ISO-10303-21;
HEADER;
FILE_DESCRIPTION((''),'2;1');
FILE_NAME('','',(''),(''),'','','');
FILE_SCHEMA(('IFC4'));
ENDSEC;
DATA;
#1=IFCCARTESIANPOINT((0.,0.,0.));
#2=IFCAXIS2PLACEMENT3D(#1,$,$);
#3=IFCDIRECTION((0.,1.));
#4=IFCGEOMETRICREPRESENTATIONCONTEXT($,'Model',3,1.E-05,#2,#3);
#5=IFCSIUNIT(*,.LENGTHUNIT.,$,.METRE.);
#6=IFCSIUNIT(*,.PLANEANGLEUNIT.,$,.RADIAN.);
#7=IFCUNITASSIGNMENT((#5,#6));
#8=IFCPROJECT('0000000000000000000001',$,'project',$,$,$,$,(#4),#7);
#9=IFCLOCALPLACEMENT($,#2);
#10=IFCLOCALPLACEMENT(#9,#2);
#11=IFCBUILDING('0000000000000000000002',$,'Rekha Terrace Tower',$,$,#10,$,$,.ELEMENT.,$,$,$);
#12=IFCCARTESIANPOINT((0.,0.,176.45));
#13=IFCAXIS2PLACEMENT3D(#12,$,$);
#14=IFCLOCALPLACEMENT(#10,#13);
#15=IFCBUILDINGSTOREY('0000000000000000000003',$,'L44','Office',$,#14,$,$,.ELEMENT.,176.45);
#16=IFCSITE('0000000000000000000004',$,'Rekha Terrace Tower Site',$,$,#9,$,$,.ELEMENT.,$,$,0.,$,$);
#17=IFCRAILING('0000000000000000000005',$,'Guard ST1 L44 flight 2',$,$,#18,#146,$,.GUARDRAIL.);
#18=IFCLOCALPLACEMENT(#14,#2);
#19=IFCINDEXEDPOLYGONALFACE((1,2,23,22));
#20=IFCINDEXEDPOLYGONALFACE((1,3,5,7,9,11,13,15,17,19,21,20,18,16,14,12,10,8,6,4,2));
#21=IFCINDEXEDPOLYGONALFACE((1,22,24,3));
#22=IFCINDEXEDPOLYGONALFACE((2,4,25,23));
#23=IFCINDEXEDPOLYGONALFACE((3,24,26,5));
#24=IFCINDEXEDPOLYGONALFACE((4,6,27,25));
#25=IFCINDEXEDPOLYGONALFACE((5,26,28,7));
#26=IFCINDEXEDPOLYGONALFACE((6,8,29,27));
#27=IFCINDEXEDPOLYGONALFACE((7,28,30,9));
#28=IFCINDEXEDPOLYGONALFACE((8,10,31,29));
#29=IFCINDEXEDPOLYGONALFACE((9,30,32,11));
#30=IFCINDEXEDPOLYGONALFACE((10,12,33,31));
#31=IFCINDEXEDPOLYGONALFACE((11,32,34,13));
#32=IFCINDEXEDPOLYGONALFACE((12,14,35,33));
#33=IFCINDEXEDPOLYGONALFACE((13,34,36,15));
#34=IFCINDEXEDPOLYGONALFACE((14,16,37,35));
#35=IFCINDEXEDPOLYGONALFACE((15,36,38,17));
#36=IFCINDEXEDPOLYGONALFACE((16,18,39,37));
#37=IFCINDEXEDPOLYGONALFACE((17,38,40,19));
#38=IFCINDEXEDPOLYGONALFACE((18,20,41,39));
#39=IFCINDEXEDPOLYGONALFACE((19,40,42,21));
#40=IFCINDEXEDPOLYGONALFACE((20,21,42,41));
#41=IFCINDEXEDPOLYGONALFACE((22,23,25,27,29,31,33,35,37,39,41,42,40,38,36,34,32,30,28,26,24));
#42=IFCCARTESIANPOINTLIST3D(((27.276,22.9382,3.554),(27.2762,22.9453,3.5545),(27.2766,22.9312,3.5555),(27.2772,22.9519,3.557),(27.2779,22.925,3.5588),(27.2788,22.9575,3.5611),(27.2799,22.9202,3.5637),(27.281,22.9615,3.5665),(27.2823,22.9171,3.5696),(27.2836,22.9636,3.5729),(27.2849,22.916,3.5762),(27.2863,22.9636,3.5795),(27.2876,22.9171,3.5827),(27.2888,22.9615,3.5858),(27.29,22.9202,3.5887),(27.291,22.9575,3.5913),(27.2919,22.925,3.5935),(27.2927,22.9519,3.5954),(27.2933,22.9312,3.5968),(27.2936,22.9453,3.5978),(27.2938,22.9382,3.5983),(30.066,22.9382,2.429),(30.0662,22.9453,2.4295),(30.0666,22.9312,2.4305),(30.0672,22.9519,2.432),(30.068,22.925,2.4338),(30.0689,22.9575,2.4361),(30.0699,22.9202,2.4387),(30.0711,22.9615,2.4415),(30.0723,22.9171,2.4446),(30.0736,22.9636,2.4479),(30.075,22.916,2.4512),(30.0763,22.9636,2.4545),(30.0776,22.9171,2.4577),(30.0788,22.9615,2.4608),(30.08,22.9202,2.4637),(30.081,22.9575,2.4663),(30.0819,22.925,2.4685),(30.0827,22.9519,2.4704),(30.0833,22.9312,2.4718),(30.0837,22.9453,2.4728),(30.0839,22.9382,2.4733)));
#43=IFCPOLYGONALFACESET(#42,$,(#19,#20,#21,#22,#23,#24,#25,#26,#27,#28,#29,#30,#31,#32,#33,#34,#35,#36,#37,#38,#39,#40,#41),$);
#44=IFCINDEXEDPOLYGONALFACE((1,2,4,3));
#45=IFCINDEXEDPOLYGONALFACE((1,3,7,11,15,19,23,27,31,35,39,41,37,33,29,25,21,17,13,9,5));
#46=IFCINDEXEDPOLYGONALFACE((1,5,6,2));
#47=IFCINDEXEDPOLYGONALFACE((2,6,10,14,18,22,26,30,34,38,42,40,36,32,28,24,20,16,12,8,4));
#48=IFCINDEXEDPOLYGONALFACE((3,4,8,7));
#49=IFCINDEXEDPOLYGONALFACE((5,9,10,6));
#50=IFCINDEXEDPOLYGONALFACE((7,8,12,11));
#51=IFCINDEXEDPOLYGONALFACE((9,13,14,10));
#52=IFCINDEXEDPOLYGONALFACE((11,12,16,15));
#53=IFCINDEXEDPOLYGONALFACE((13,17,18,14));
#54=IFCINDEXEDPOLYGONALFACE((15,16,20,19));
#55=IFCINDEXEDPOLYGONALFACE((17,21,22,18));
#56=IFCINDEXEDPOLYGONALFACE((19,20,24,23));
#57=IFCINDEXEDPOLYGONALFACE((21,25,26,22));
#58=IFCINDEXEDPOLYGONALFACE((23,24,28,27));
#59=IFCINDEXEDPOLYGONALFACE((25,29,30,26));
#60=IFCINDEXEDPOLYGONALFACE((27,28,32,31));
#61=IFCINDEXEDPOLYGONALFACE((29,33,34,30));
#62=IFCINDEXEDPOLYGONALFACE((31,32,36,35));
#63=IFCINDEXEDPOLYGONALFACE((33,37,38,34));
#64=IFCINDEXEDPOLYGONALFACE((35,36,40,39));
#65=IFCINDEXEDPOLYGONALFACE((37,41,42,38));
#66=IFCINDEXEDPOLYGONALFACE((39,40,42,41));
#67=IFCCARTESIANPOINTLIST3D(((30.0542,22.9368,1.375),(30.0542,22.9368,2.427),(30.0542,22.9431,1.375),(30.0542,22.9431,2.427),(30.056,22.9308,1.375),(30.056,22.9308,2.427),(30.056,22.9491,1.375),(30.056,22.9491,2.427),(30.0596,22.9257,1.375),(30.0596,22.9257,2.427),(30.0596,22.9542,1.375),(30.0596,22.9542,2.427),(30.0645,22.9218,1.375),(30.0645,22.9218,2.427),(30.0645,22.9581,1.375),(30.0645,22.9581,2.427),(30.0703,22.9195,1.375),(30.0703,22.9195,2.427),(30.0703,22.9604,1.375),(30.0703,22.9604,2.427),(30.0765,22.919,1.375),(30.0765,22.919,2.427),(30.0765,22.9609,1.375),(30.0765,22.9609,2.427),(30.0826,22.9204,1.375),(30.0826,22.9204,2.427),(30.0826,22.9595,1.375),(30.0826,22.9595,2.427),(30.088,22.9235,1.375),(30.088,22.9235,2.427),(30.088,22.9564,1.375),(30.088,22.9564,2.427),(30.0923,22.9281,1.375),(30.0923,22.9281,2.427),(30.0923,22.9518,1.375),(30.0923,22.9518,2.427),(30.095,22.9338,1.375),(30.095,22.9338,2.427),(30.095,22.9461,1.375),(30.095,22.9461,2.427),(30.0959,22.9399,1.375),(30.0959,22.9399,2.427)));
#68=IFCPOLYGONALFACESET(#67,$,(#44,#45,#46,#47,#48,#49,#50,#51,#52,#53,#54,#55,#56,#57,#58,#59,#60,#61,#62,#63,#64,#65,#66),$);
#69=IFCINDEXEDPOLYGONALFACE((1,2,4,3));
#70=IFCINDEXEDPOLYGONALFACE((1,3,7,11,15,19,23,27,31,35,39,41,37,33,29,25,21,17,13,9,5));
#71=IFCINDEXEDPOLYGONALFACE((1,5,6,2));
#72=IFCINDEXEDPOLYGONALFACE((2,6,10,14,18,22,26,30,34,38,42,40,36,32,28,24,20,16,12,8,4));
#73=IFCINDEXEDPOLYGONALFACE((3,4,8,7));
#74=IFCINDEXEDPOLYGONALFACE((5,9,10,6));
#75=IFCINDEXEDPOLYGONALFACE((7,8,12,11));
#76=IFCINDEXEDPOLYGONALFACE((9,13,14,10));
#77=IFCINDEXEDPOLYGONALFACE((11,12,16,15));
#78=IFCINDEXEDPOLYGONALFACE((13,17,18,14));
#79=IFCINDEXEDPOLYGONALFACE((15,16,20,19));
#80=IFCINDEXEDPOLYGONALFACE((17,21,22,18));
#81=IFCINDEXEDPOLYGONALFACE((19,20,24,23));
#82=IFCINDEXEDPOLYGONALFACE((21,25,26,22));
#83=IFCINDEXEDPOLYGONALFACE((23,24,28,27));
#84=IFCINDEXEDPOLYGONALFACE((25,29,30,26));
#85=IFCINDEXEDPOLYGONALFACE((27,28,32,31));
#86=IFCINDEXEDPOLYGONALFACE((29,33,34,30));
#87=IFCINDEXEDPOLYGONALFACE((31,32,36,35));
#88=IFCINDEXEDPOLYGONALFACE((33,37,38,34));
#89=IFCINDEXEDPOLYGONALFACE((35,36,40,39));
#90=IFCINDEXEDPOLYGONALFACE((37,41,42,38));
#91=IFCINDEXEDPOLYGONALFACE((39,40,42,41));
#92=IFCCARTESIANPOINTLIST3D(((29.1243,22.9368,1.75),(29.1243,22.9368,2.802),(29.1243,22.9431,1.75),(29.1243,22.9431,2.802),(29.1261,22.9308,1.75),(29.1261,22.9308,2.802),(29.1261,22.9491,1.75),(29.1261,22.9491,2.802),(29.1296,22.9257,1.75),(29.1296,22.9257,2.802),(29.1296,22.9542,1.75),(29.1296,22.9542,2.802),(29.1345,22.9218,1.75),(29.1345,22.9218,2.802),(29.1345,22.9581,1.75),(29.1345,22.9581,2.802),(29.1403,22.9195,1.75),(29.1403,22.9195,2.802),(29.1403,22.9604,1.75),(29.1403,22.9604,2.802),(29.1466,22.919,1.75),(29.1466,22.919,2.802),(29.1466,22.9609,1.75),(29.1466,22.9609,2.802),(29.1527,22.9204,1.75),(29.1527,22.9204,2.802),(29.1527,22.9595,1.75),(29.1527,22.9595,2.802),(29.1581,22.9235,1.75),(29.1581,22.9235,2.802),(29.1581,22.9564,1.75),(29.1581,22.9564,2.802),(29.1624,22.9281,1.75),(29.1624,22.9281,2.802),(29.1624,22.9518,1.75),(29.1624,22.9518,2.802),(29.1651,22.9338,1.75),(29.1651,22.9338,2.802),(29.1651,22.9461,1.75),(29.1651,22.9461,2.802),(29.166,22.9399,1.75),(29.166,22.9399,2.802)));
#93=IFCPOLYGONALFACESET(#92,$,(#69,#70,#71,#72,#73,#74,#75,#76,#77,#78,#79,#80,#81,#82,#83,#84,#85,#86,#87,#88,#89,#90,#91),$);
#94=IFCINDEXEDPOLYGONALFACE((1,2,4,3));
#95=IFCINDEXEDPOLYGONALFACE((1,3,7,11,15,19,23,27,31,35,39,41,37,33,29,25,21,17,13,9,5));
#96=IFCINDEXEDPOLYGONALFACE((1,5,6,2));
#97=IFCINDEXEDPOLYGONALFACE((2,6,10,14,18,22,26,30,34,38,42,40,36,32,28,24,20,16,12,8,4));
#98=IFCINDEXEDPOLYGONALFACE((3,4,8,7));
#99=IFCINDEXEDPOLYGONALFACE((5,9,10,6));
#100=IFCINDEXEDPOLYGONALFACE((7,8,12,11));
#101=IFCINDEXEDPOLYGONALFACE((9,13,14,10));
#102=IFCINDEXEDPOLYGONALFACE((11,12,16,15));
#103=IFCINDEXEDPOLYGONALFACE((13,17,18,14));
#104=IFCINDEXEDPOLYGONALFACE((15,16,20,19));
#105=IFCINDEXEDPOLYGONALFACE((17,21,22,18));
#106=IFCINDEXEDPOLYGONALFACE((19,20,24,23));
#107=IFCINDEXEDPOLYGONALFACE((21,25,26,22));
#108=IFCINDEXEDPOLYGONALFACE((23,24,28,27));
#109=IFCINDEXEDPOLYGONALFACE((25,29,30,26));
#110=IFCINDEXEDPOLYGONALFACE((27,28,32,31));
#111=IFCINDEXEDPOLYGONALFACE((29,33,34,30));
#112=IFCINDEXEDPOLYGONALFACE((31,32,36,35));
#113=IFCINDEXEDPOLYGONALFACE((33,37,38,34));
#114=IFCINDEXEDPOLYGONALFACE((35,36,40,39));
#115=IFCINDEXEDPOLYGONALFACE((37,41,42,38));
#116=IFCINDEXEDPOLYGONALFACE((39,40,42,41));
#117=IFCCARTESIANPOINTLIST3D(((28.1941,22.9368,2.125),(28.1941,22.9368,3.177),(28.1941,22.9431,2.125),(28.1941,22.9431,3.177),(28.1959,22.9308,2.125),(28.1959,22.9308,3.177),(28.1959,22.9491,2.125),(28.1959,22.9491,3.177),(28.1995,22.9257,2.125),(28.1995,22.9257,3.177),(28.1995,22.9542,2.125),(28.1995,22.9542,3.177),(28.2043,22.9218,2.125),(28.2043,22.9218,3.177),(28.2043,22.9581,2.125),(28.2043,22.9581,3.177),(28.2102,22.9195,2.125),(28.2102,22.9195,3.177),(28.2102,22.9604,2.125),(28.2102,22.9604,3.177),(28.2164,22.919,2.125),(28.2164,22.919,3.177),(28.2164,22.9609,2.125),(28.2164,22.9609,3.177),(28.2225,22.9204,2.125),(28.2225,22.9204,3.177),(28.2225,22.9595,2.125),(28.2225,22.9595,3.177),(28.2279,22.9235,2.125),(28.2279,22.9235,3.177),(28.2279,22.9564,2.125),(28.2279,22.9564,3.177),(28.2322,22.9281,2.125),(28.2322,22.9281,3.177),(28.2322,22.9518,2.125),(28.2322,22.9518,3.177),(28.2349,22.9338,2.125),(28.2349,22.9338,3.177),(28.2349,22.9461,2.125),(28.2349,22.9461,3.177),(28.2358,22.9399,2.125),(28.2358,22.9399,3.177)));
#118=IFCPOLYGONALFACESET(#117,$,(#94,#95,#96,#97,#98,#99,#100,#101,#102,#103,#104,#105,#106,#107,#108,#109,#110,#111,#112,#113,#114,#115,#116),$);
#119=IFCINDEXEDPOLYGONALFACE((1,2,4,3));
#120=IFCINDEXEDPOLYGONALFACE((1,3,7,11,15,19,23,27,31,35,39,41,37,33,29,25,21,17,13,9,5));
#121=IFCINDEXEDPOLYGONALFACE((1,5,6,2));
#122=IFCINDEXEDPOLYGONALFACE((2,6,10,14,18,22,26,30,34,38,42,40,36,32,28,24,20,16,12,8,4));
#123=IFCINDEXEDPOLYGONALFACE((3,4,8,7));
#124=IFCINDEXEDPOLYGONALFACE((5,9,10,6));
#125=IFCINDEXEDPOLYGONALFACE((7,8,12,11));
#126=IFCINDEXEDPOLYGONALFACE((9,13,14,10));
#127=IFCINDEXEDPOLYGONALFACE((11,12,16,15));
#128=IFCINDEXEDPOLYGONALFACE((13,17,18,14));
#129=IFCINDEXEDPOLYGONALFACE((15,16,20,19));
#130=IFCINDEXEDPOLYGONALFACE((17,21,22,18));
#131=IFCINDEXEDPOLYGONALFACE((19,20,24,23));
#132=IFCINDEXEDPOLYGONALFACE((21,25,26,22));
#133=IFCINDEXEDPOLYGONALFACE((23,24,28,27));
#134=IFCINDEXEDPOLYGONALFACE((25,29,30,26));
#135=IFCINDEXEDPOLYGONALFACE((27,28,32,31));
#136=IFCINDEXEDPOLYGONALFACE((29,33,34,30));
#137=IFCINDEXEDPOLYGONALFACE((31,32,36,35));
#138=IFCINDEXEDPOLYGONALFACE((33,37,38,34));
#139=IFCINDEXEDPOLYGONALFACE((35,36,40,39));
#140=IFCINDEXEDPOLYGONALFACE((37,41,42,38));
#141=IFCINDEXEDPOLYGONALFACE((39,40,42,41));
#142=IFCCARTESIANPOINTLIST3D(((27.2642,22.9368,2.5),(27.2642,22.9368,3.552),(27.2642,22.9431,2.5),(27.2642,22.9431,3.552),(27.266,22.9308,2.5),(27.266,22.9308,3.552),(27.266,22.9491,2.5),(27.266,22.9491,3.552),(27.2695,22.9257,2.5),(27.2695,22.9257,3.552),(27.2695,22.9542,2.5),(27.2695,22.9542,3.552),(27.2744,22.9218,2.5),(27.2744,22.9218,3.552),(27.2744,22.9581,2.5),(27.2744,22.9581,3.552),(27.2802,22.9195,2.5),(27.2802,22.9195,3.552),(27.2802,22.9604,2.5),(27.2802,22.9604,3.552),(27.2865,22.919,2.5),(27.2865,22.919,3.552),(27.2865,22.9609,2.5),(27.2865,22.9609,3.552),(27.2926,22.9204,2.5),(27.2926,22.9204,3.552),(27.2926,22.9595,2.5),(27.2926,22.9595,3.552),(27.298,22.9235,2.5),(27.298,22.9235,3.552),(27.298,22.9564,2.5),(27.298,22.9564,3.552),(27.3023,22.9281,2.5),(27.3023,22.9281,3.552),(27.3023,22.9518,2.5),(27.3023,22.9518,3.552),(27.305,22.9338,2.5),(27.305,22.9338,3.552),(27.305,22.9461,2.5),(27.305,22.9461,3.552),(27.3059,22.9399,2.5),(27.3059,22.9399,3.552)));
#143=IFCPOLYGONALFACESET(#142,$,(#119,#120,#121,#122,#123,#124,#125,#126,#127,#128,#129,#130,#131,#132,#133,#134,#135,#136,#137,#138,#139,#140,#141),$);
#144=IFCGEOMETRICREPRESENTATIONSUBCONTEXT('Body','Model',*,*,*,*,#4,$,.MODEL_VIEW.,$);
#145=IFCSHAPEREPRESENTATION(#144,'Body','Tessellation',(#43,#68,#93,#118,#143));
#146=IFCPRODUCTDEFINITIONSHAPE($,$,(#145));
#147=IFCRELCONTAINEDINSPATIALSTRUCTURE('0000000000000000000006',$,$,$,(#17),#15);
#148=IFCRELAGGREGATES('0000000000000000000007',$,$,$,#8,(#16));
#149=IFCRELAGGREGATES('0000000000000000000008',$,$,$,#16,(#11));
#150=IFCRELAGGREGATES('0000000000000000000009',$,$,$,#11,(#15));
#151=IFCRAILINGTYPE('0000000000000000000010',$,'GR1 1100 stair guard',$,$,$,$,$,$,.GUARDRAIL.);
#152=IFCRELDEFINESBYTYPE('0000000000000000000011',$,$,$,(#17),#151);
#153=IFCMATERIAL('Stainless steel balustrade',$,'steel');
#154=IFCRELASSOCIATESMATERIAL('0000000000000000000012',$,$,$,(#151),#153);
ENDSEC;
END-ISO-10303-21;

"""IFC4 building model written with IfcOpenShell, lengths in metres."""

from ifc_helpers import new_model, si_unit, direction, frame, origin, origin_2d, place, context, subcontext, project, spatial, circle, extrude, material, type_object, element, save


model = new_model("IFC4")

# Units and contexts
model_context = context("Model", 3, precision=1e-05, world=origin(), true_north=direction((0.0, 1.0)))
body_context = subcontext(model_context, "Body", "Model", "MODEL_VIEW")
ifc_project = project(units=[si_unit("LENGTHUNIT", "METRE"), si_unit("PLANEANGLEUNIT", "RADIAN")], contexts=[model_context])

# Site, building, storey
site_placement = place(None, origin())
site = spatial("IfcSite", under=ifc_project, at=site_placement, Name="Rekha Terrace Tower Site", CompositionType="ELEMENT", RefElevation=0.0)
building_placement = place(site_placement, origin())
building = spatial("IfcBuilding", under=site, at=building_placement, Name="Rekha Terrace Tower", CompositionType="ELEMENT")
storey_placement = place(building_placement, frame((0.0, 0.0, 176.45)))
storey = spatial("IfcBuildingStorey", under=building, at=storey_placement, Name="L44", Description="Office", CompositionType="ELEMENT", Elevation=176.45)

# Railing
ifc_material_1 = material(Name="Stainless steel balustrade", Category="steel")
railing_type_1 = type_object("IfcRailingType", Name="GR1 1100 stair guard", PredefinedType="GUARDRAIL", material=ifc_material_1)
railing_1_placement = place(storey_placement, frame((30.075, 22.9399, 1.375)))
element("IfcRailing", 1, at=railing_1_placement, inside=storey, type_object=railing_type_1, Name="Guard ST1 L44 flight 2", PredefinedType="GUARDRAIL", context=body_context, shape_type="SweptSolid", body=[
    extrude(circle(Radius=0.0239, at=origin_2d()), frame((0.0, 0.0, 1.0762), z_axis=(-0.927443, 0.0, 0.373964), x_axis=(0.0, -1.0, 0.0)), (0.0, 0.0, 1.0), 3.0083),
    extrude(circle(Radius=0.021, at=origin_2d()), origin(), (0.0, 0.0, 1.0), 1.052),
    extrude(circle(Radius=0.021, at=origin_2d()), frame((-0.9299, 0.0, 0.375)), (0.0, 0.0, 1.0), 1.052),
    extrude(circle(Radius=0.021, at=origin_2d()), frame((-1.8601, 0.0, 0.75)), (0.0, 0.0, 1.0), 1.052),
    extrude(circle(Radius=0.021, at=origin_2d()), frame((-2.79, 0.0, 1.125)), (0.0, 0.0, 1.0), 1.052),
])

save(model, "model.ifc")
